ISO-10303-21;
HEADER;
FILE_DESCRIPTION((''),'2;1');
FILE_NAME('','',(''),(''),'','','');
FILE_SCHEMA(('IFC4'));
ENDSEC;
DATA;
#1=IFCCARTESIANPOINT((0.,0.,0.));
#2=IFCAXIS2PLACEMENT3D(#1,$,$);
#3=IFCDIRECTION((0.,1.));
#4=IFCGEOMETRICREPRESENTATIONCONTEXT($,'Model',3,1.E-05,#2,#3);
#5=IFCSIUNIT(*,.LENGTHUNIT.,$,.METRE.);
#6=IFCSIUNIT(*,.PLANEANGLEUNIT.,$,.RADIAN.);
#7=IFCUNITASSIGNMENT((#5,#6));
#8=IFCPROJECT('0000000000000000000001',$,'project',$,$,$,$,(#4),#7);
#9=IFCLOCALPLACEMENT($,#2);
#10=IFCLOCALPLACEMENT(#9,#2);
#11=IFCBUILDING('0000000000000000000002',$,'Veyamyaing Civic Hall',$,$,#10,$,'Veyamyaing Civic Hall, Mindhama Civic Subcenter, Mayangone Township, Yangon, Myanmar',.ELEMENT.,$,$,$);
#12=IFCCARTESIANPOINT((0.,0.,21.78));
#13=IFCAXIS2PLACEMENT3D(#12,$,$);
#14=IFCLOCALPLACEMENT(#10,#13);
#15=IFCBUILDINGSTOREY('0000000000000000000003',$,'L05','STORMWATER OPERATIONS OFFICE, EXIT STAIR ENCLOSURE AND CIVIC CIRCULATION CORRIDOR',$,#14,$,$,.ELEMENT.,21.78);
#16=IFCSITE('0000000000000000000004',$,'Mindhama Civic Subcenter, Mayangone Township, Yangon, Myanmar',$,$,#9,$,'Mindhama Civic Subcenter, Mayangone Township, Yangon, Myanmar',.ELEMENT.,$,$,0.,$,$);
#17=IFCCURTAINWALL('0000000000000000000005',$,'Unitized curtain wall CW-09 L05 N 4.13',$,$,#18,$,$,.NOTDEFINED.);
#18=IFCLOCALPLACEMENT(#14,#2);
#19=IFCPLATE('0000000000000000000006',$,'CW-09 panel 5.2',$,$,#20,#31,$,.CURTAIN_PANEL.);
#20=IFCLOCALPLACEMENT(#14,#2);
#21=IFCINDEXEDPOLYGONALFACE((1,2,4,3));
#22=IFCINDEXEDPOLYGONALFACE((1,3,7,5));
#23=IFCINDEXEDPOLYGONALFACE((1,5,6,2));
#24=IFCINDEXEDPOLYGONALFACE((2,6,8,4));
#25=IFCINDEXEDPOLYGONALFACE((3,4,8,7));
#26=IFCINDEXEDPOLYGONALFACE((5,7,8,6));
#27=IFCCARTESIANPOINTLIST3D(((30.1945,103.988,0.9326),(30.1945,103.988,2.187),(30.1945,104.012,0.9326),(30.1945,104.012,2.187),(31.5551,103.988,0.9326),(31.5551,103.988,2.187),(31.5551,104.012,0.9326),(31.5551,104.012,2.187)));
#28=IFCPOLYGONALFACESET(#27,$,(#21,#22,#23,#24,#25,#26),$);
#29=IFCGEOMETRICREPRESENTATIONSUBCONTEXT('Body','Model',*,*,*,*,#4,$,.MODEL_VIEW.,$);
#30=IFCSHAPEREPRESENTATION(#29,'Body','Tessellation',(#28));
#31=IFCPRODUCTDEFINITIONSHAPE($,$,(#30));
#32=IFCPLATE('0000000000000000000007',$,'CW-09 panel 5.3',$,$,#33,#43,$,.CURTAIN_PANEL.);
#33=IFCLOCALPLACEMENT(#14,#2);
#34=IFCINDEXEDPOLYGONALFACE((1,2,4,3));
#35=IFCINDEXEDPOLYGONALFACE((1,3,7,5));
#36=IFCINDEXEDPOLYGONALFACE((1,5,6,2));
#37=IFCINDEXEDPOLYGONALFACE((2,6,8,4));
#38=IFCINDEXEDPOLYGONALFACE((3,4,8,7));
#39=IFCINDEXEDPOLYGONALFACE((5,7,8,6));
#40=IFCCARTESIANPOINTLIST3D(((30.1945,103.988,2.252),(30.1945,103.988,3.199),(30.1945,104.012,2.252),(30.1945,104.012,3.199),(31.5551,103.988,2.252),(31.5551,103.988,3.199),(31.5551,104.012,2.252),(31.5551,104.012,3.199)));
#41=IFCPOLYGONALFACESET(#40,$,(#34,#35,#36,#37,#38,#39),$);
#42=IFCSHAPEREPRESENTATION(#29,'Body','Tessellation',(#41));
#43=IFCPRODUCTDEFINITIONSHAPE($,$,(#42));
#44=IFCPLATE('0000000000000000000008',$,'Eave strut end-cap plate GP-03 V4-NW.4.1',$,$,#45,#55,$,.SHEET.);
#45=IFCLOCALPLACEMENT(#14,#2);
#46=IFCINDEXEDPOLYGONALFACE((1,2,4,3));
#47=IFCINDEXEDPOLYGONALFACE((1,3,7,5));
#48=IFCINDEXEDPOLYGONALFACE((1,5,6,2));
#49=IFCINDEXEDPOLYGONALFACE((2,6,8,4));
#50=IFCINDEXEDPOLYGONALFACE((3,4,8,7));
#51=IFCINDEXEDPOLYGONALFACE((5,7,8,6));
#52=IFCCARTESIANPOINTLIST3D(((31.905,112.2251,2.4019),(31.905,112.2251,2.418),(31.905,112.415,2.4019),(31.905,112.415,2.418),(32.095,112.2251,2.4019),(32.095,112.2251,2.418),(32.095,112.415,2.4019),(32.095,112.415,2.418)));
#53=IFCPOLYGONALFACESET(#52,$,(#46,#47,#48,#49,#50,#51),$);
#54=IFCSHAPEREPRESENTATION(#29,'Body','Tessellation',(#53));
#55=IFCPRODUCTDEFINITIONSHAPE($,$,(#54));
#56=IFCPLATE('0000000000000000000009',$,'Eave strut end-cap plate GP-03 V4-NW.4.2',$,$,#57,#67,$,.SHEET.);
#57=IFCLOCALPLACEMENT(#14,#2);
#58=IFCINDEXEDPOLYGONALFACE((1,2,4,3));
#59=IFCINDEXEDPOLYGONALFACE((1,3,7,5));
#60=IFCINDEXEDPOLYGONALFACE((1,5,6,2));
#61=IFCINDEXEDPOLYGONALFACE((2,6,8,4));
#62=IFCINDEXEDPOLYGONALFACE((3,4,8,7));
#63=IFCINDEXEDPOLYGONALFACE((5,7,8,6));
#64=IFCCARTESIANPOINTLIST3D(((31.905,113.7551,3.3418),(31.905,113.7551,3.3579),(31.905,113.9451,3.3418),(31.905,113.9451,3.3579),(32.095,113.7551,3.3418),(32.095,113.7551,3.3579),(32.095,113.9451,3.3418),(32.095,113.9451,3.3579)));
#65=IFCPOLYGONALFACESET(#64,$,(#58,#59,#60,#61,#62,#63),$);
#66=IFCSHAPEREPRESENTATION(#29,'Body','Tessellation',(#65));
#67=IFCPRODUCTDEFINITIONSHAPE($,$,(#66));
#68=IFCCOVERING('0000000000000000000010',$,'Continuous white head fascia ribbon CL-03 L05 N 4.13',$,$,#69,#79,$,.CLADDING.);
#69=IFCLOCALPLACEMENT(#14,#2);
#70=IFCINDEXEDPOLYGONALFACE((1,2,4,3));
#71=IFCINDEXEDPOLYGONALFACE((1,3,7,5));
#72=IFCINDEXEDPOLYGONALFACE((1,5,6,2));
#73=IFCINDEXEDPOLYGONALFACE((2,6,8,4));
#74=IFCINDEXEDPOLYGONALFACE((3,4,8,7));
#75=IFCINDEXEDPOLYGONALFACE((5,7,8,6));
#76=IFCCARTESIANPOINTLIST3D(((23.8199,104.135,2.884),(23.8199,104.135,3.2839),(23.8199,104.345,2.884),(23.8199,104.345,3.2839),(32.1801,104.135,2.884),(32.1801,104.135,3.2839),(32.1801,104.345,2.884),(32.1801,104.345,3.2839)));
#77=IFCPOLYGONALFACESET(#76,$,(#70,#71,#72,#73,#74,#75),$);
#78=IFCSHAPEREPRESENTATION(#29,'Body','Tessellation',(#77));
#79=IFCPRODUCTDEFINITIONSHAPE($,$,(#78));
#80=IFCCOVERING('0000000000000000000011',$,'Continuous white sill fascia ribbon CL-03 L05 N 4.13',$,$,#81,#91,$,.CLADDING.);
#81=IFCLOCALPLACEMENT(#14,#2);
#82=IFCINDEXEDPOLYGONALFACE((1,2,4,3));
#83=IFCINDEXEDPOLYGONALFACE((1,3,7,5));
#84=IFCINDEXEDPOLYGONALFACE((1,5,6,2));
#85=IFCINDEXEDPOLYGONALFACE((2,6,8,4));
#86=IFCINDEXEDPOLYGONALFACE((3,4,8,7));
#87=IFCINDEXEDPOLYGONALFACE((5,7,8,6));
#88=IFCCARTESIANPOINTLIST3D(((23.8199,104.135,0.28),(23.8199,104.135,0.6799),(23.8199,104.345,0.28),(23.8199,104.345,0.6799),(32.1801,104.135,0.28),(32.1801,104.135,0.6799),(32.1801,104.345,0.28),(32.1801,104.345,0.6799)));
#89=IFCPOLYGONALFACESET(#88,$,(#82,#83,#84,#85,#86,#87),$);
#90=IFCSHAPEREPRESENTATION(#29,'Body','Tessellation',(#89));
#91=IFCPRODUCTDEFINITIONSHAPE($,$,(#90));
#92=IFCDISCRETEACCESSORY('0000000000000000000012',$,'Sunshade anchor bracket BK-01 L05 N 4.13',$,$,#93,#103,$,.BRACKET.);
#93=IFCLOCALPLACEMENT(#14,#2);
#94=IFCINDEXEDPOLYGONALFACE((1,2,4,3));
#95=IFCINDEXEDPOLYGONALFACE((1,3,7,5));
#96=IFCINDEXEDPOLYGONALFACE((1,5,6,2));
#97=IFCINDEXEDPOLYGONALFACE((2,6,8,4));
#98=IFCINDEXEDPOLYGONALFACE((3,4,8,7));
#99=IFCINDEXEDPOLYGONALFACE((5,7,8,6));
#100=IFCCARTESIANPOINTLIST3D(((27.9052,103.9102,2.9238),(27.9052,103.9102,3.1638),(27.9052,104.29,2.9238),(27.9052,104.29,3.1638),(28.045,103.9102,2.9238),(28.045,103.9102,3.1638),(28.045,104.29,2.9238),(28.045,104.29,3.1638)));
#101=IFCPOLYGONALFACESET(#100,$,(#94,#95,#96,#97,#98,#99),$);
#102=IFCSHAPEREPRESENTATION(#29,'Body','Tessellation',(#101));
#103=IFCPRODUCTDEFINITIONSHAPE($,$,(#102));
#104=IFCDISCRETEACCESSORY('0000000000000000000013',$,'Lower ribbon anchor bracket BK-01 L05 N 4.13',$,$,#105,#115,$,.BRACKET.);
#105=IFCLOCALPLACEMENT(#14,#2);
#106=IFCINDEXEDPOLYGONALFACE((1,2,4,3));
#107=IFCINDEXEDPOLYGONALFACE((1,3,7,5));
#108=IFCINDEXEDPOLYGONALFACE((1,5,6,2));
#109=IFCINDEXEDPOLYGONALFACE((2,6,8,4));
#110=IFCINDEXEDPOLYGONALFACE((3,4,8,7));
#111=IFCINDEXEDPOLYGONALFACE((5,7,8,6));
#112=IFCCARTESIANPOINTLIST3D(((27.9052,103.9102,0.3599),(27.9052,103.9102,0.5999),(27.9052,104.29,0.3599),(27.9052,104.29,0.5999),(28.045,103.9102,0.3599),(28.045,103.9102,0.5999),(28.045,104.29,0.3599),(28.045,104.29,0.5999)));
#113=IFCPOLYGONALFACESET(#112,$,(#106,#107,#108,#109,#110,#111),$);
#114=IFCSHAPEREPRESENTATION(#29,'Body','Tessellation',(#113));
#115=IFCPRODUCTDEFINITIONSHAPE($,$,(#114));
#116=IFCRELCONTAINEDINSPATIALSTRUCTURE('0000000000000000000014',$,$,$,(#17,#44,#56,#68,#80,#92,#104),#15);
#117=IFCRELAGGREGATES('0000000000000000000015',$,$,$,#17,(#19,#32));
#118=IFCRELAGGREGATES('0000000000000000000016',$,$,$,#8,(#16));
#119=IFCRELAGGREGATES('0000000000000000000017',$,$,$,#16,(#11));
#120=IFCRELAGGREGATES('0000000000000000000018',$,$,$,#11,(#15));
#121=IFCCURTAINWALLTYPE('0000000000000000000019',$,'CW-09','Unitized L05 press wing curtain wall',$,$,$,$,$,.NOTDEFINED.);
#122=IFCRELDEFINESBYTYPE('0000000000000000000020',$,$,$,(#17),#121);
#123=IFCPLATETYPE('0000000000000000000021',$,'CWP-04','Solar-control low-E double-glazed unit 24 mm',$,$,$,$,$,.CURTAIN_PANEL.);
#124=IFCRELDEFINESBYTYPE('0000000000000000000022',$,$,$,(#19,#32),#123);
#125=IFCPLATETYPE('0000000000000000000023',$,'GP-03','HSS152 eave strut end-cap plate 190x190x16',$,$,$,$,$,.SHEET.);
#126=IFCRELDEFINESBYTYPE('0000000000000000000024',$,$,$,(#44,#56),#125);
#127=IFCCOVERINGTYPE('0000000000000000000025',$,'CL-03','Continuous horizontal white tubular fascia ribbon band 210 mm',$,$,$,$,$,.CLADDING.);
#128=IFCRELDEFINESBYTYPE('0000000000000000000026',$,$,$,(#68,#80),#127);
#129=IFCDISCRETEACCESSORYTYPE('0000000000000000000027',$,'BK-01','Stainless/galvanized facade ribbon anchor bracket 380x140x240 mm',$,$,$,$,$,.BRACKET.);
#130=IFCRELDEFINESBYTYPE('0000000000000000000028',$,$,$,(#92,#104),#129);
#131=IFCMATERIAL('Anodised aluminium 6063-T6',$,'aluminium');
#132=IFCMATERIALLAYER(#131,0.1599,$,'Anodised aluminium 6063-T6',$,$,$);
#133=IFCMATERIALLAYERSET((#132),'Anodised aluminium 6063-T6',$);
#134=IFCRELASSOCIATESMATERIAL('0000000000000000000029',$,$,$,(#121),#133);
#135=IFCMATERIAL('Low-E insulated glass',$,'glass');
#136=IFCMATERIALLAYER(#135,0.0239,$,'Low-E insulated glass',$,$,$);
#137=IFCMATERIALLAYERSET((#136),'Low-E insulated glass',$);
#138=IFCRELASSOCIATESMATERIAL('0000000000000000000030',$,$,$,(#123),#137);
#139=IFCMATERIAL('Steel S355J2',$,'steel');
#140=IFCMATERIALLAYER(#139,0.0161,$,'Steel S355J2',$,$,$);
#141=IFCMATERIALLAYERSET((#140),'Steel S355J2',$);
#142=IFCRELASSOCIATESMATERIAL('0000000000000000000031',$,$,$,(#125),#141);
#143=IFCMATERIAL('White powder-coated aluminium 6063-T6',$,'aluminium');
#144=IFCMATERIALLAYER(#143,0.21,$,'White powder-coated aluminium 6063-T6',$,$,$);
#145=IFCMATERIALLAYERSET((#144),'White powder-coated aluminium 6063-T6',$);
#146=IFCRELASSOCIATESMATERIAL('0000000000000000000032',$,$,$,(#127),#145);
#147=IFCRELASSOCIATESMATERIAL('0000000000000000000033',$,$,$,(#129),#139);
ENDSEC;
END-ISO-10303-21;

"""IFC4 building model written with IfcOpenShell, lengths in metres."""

from ifc_helpers import new_model, si_unit, direction, frame, origin, origin_2d, place, context, subcontext, project, spatial, rectangle, extrude, material, layer, layer_set, type_object, element, aggregate, save


model = new_model("IFC4")

# Units and contexts
model_context = context("Model", 3, precision=1e-05, world=origin(), true_north=direction((0.0, 1.0)))
body_context = subcontext(model_context, "Body", "Model", "MODEL_VIEW")
ifc_project = project(units=[si_unit("LENGTHUNIT", "METRE"), si_unit("PLANEANGLEUNIT", "RADIAN")], contexts=[model_context])

# Site, building, storey
site_placement = place(None, origin())
site = spatial("IfcSite", under=ifc_project, at=site_placement, Name="Mindhama Civic Subcenter, Mayangone Township, Yangon, Myanmar", LongName="Mindhama Civic Subcenter, Mayangone Township, Yangon, Myanmar", CompositionType="ELEMENT", RefElevation=0.0)
building_placement = place(site_placement, origin())
building = spatial("IfcBuilding", under=site, at=building_placement, Name="Veyamyaing Civic Hall", LongName="Veyamyaing Civic Hall, Mindhama Civic Subcenter, Mayangone Township, Yangon, Myanmar", CompositionType="ELEMENT")
storey_placement = place(building_placement, frame((0.0, 0.0, 21.78)))
storey = spatial("IfcBuildingStorey", under=building, at=storey_placement, Name="L05", Description="STORMWATER OPERATIONS OFFICE, EXIT STAIR ENCLOSURE AND CIVIC CIRCULATION CORRIDOR", CompositionType="ELEMENT", Elevation=21.78)

# Curtain wall
ifc_material_1 = material(Name="Anodised aluminium 6063-T6", Category="aluminium")
ifc_layer_1 = layer(ifc_material_1, 0.1599, Name="Anodised aluminium 6063-T6")
ifc_layer_set_1 = layer_set([ifc_layer_1], Name="Anodised aluminium 6063-T6")
curtain_wall_type = type_object("IfcCurtainWallType", Name="CW-09", Description="Unitized L05 press wing curtain wall", PredefinedType="NOTDEFINED", material=ifc_layer_set_1)
curtain_wall_placement = place(storey_placement, origin())
curtain_wall = element("IfcCurtainWall", 1, at=curtain_wall_placement, inside=storey, type_object=curtain_wall_type, Name="Unitized curtain wall CW-09 L05 N 4.13", PredefinedType="NOTDEFINED")

# Shared definitions
ifc_material_2 = material(Name="Steel S355J2", Category="steel")

# Plates
ifc_material_3 = material(Name="Low-E insulated glass", Category="glass")
ifc_layer_2 = layer(ifc_material_3, 0.0239, Name="Low-E insulated glass")
ifc_layer_set_2 = layer_set([ifc_layer_2], Name="Low-E insulated glass")
plate_type_1 = type_object("IfcPlateType", Name="CWP-04", Description="Solar-control low-E double-glazed unit 24 mm", PredefinedType="CURTAIN_PANEL", material=ifc_layer_set_2)
plate_1_placement = place(storey_placement, frame((30.8748, 104.0, 0.9326), z_axis=(0.0, 0.0, 1.0), x_axis=(1.0, 0.0, 0.0)))
plate_1 = element("IfcPlate", 2, at=plate_1_placement, type_object=plate_type_1, Name="CW-09 panel 5.2", PredefinedType="CURTAIN_PANEL", context=body_context, shape_type="SweptSolid", body=[
    extrude(rectangle(XDim=1.3606, YDim=0.0239, at=origin_2d()), origin(), (0.0, 0.0, 1.0), 1.2544),
])
plate_2_placement = place(storey_placement, frame((30.8748, 104.0, 2.252), z_axis=(0.0, 0.0, 1.0), x_axis=(1.0, 0.0, 0.0)))
plate_2 = element("IfcPlate", 3, at=plate_2_placement, type_object=plate_type_1, Name="CW-09 panel 5.3", PredefinedType="CURTAIN_PANEL", context=body_context, shape_type="SweptSolid", body=[
    extrude(rectangle(XDim=1.3606, YDim=0.0239, at=origin_2d()), origin(), (0.0, 0.0, 1.0), 0.947),
])
aggregate(curtain_wall, [plate_1, plate_2])

# Plates
ifc_layer_3 = layer(ifc_material_2, 0.0161, Name="Steel S355J2")
ifc_layer_set_3 = layer_set([ifc_layer_3], Name="Steel S355J2")
plate_type_2 = type_object("IfcPlateType", Name="GP-03", Description="HSS152 eave strut end-cap plate 190x190x16", PredefinedType="SHEET", material=ifc_layer_set_3)
for number, where, z_axis, x_axis, name in (
    (4, (32.0, 112.3201, 2.4019), (0.0, 0.0, 1.0), (0.0, 1.0, 0.0), "Eave strut end-cap plate GP-03 V4-NW.4.1"),
    (5, (32.0, 113.8501, 3.3418), (0.0, 0.0, 1.0), (0.0, 1.0, 0.0), "Eave strut end-cap plate GP-03 V4-NW.4.2"),
):
    element("IfcPlate", number, at=place(storey_placement, frame(where, z_axis=z_axis, x_axis=x_axis)), inside=storey, type_object=plate_type_2, Name=name, PredefinedType="SHEET", context=body_context, shape_type="SweptSolid", body=[
        extrude(rectangle(XDim=0.1899, YDim=0.1899, at=origin_2d()), origin(), (0.0, 0.0, 1.0), 0.0161),
    ])

# Coverings
ifc_material_4 = material(Name="White powder-coated aluminium 6063-T6", Category="aluminium")
ifc_layer_4 = layer(ifc_material_4, 0.21, Name="White powder-coated aluminium 6063-T6")
ifc_layer_set_4 = layer_set([ifc_layer_4], Name="White powder-coated aluminium 6063-T6")
covering_type = type_object("IfcCoveringType", Name="CL-03", Description="Continuous horizontal white tubular fascia ribbon band 210 mm", PredefinedType="CLADDING", material=ifc_layer_set_4)
for number, where, z_axis, x_axis, name in (
    (6, (28.0, 104.24, 2.884), (0.0, 0.0, 1.0), (1.0, 0.0, 0.0), "Continuous white head fascia ribbon CL-03 L05 N 4.13"),
    (7, (28.0, 104.24, 0.28), (0.0, 0.0, 1.0), (1.0, 0.0, 0.0), "Continuous white sill fascia ribbon CL-03 L05 N 4.13"),
):
    element("IfcCovering", number, at=place(storey_placement, frame(where, z_axis=z_axis, x_axis=x_axis)), inside=storey, type_object=covering_type, Name=name, PredefinedType="CLADDING", context=body_context, shape_type="SweptSolid", body=[
        extrude(rectangle(XDim=8.3601, YDim=0.21, at=origin_2d()), origin(), (0.0, 0.0, 1.0), 0.3999),
    ])

# Discrete accessories
discrete_accessory_type = type_object("IfcDiscreteAccessoryType", Name="BK-01", Description="Stainless/galvanized facade ribbon anchor bracket 380x140x240 mm", PredefinedType="BRACKET", material=ifc_material_2)
for number, where, z_axis, x_axis, name in (
    (8, (27.9751, 104.1001, 2.9238), (0.0, 0.0, 1.0), (0.0, 1.0, 0.0), "Sunshade anchor bracket BK-01 L05 N 4.13"),
    (9, (27.9751, 104.1001, 0.3599), (0.0, 0.0, 1.0), (0.0, 1.0, 0.0), "Lower ribbon anchor bracket BK-01 L05 N 4.13"),
):
    element("IfcDiscreteAccessory", number, at=place(storey_placement, frame(where, z_axis=z_axis, x_axis=x_axis)), inside=storey, type_object=discrete_accessory_type, Name=name, PredefinedType="BRACKET", context=body_context, shape_type="SweptSolid", body=[
        extrude(rectangle(XDim=0.3799, YDim=0.1399, at=origin_2d()), origin(), (0.0, 0.0, 1.0), 0.24),
    ])

save(model, "model.ifc")
